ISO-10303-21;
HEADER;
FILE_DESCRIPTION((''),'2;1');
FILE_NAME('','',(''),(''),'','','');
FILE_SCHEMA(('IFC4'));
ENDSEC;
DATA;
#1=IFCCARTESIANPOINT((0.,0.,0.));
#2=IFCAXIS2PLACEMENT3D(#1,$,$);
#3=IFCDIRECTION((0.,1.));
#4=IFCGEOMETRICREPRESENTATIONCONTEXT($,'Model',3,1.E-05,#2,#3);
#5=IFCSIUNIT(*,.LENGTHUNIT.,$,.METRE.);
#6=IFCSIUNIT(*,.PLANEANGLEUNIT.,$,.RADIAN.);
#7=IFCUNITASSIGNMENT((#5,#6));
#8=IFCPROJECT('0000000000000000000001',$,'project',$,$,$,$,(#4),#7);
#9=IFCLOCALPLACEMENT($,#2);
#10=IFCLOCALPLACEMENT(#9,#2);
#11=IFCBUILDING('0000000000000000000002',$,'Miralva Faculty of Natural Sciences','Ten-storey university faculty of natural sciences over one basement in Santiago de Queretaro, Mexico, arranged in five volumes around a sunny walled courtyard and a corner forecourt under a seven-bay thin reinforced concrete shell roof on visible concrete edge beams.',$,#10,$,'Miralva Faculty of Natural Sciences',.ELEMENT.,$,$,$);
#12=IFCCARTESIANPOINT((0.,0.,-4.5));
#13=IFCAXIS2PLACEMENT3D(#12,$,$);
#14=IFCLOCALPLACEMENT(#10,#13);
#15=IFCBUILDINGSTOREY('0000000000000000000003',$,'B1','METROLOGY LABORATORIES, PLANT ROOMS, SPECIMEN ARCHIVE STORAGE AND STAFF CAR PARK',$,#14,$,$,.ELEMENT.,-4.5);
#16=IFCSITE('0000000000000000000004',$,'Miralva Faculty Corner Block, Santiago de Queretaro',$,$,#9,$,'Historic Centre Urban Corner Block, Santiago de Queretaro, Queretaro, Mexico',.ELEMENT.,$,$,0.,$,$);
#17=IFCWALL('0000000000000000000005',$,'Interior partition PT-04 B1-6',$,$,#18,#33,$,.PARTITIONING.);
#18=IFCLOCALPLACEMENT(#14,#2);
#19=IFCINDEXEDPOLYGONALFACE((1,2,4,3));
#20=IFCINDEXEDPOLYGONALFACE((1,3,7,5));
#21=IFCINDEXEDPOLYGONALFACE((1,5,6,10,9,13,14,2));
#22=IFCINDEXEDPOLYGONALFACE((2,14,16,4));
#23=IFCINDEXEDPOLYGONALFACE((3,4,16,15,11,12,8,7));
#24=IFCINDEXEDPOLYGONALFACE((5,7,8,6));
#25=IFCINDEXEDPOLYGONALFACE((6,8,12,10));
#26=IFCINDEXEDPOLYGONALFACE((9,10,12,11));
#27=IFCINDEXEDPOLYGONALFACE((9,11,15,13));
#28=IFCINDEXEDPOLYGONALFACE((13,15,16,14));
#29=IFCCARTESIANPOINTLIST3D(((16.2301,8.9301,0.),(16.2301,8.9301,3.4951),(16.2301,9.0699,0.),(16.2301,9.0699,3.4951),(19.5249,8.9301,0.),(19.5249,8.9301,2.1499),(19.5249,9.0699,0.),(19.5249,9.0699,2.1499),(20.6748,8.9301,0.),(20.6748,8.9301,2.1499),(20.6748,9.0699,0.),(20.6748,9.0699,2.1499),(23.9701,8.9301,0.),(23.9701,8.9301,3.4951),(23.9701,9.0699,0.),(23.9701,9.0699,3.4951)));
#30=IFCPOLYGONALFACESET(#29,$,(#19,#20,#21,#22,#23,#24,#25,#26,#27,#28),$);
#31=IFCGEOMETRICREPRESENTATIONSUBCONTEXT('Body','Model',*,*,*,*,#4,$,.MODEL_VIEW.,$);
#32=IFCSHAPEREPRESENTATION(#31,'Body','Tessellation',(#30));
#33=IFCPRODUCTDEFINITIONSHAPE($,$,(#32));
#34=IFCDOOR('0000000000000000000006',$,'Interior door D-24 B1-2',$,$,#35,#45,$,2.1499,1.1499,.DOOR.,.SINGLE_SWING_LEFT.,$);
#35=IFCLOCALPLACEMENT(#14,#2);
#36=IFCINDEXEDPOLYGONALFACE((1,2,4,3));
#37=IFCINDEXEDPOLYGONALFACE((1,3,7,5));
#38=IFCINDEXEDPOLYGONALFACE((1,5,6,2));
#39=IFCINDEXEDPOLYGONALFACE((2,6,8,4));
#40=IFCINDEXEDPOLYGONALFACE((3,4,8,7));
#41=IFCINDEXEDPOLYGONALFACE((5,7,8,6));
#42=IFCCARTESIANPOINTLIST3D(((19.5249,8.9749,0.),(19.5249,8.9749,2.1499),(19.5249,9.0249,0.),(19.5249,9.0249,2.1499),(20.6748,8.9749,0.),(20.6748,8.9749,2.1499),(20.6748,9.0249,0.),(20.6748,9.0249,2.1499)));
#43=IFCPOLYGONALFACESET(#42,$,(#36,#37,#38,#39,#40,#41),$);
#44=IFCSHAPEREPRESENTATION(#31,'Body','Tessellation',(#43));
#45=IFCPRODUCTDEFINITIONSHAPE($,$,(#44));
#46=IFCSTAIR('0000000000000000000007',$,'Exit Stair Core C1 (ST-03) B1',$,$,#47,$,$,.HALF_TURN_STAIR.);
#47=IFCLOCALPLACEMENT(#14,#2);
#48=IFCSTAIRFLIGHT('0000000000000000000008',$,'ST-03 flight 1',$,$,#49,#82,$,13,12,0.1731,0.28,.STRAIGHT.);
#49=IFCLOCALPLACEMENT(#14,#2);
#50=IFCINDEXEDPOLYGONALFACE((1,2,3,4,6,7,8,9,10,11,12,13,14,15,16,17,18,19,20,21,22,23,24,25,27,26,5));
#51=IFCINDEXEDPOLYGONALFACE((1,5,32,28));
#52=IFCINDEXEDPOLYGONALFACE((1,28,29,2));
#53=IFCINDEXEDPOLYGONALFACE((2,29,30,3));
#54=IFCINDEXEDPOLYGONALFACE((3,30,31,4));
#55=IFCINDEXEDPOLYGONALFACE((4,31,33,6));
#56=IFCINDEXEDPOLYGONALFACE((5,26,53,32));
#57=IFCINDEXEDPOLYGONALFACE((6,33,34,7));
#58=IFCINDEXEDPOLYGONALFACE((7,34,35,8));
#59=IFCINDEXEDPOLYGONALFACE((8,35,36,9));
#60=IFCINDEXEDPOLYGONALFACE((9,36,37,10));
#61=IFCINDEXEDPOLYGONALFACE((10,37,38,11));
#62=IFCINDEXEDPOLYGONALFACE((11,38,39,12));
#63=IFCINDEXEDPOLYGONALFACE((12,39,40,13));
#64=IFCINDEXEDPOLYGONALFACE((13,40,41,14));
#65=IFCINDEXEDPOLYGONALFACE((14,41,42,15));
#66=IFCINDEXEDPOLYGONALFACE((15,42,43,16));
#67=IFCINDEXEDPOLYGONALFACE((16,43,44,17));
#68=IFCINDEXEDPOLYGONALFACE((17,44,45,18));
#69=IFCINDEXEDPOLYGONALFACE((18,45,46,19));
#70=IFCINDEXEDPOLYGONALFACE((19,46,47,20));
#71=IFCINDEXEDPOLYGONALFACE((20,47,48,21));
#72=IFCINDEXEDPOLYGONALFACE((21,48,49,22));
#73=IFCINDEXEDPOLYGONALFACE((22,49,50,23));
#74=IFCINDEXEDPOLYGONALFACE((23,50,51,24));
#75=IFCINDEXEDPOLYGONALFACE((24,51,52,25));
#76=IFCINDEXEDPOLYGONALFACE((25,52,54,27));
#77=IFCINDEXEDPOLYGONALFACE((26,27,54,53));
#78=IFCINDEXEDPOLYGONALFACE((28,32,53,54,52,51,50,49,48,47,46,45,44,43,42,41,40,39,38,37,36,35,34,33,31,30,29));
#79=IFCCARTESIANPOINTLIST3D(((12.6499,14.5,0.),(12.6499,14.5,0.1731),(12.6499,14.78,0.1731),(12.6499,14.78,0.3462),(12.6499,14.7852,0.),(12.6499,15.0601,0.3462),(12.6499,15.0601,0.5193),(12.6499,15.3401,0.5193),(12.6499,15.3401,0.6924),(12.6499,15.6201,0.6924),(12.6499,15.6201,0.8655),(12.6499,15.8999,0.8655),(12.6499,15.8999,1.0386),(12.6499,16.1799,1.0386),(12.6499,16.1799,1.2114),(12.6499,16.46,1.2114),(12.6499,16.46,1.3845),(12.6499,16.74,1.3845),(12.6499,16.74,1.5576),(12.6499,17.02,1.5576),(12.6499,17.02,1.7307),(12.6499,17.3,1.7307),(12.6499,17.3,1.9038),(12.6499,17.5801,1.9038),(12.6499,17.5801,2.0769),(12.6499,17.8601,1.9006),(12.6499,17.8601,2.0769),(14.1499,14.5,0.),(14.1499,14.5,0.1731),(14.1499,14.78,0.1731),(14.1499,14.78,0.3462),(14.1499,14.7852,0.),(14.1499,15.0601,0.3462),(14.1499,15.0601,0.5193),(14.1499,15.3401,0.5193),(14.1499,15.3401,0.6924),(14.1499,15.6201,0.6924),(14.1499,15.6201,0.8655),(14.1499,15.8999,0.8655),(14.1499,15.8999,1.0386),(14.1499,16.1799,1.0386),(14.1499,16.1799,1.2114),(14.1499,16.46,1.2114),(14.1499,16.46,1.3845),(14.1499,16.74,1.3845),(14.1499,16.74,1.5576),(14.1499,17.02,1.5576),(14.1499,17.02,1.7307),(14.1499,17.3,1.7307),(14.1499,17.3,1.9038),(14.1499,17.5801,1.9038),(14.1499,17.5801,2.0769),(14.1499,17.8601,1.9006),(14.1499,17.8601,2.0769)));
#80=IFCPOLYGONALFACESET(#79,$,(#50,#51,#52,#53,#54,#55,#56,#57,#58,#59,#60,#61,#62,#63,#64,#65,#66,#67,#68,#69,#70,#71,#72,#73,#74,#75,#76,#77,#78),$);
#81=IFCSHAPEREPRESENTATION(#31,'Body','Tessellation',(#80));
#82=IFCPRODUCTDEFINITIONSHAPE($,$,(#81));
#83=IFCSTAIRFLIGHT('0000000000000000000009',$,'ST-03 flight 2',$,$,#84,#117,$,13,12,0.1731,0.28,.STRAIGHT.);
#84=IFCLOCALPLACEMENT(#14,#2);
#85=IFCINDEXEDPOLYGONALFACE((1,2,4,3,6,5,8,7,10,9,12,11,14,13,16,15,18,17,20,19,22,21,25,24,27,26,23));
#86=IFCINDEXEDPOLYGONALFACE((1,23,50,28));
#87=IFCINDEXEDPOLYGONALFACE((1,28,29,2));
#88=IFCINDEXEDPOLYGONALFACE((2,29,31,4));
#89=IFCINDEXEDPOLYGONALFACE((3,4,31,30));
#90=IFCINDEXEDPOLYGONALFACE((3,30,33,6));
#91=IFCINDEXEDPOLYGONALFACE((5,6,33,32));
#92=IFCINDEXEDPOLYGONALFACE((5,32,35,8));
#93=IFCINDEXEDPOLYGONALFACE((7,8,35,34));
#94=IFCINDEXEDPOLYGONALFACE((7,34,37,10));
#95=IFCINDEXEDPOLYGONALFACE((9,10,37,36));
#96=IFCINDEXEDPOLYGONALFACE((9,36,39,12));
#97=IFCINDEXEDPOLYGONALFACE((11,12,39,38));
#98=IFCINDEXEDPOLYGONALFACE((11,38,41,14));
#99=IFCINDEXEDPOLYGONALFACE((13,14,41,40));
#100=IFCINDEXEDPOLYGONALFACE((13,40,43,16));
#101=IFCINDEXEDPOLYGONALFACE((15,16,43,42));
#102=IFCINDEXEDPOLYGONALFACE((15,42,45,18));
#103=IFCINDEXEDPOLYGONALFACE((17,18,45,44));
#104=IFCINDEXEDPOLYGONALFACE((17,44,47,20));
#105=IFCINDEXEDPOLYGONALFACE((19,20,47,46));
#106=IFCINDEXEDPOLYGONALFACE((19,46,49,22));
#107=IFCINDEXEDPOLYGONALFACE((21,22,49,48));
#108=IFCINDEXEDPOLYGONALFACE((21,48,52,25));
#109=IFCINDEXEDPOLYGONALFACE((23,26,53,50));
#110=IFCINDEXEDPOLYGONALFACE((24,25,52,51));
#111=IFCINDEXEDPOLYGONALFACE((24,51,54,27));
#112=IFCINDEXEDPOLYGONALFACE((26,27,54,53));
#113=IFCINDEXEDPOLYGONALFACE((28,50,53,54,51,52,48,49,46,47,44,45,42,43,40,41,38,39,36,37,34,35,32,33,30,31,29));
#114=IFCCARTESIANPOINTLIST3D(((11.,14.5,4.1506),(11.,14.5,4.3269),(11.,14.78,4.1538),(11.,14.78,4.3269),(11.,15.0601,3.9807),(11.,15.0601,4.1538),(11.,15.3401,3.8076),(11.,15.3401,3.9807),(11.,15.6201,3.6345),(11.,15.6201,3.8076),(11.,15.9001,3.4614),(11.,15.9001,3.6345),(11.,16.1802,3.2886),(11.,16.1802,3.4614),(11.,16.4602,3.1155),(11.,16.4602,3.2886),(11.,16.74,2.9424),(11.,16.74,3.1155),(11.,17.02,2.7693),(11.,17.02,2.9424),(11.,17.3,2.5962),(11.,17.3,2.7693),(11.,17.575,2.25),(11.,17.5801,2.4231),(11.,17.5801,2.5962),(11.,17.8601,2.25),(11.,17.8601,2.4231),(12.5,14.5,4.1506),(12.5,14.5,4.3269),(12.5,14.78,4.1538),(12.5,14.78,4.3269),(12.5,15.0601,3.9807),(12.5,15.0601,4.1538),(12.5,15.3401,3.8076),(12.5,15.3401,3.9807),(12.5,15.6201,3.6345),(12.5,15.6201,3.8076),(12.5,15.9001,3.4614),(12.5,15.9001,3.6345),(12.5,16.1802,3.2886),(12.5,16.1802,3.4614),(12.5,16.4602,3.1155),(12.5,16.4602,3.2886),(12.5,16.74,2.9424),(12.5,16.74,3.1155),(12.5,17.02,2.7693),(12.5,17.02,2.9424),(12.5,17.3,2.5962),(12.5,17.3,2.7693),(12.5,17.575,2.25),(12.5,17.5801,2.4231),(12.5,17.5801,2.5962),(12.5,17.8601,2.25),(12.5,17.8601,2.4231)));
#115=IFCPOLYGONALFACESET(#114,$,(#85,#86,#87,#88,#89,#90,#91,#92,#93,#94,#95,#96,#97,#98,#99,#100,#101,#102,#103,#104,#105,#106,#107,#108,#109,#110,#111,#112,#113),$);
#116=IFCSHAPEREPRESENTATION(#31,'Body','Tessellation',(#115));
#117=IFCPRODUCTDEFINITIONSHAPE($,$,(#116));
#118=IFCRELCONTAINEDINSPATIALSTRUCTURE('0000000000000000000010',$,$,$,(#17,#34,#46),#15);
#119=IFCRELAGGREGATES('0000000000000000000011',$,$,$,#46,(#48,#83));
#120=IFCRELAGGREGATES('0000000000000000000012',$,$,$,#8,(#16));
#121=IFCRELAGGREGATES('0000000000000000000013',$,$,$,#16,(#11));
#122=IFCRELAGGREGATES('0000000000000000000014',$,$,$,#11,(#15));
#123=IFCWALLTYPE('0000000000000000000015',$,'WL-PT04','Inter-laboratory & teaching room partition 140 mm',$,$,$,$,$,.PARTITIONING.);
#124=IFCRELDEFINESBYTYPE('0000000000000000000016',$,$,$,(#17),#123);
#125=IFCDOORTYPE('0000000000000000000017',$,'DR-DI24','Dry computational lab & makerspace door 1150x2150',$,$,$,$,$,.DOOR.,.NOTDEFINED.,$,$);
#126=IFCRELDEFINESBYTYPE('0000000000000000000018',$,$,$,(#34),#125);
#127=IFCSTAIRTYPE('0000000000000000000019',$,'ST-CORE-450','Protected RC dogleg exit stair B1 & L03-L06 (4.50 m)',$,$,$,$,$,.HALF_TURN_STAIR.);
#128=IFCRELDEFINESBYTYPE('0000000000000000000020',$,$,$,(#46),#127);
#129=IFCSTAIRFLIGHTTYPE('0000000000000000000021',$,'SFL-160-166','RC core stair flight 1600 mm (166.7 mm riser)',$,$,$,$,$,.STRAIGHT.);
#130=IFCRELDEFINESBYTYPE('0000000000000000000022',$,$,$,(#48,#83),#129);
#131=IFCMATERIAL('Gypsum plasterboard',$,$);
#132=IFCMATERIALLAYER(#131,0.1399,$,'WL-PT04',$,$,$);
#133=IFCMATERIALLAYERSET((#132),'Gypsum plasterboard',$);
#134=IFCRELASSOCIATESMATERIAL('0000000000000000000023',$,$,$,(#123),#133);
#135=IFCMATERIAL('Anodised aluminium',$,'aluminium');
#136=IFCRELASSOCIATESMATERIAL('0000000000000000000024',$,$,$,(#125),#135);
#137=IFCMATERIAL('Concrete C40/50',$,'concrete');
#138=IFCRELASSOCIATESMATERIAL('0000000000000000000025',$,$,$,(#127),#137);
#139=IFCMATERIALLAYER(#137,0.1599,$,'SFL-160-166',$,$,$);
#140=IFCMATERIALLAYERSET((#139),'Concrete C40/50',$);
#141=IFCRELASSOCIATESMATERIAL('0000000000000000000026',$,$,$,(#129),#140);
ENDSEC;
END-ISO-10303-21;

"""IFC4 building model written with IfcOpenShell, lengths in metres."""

from ifc_helpers import new_model, si_unit, direction, frame, frame_2d, origin, place, context, subcontext, project, spatial, polyline, rectangle, outline, extrude, material, layer, layer_set, type_object, element, fill, aggregate, save


model = new_model("IFC4")

# Units and contexts
model_context = context("Model", 3, precision=1e-05, world=origin(), true_north=direction((0.0, 1.0)))
body_context = subcontext(model_context, "Body", "Model", "MODEL_VIEW")
ifc_project = project(units=[si_unit("LENGTHUNIT", "METRE"), si_unit("PLANEANGLEUNIT", "RADIAN")], contexts=[model_context])

# Site, building, storey
site_placement = place(None, origin())
site = spatial("IfcSite", under=ifc_project, at=site_placement, Name="Miralva Faculty Corner Block, Santiago de Queretaro", LongName="Historic Centre Urban Corner Block, Santiago de Queretaro, Queretaro, Mexico", CompositionType="ELEMENT", RefElevation=0.0)
building_placement = place(site_placement, origin())
building = spatial("IfcBuilding", under=site, at=building_placement, Name="Miralva Faculty of Natural Sciences", Description="Ten-storey university faculty of natural sciences over one basement in Santiago de Queretaro, Mexico, arranged in five volumes around a sunny walled courtyard and a corner forecourt under a seven-bay thin reinforced concrete shell roof on visible concrete edge beams.", LongName="Miralva Faculty of Natural Sciences", CompositionType="ELEMENT")
storey_placement = place(building_placement, frame((0.0, 0.0, -4.5)))
storey = spatial("IfcBuildingStorey", under=building, at=storey_placement, Name="B1", Description="METROLOGY LABORATORIES, PLANT ROOMS, SPECIMEN ARCHIVE STORAGE AND STAFF CAR PARK", CompositionType="ELEMENT", Elevation=-4.5)

# Shared definitions
ifc_material_1 = material(Name="Concrete C40/50", Category="concrete")

# Wall, opening, door
ifc_material_2 = material(Name="Gypsum plasterboard")
ifc_layer_1 = layer(ifc_material_2, 0.1399, Name="WL-PT04")
ifc_layer_set_1 = layer_set([ifc_layer_1], Name="Gypsum plasterboard")
wall_type_1 = type_object("IfcWallType", Name="WL-PT04", Description="Inter-laboratory & teaching room partition 140 mm", PredefinedType="PARTITIONING", material=ifc_layer_set_1)
wall_1_placement = place(storey_placement, frame((16.23, 9.0, 0.0), z_axis=(0.0, 0.0, 1.0), x_axis=(1.0, 0.0, 0.0)))
wall_1 = element("IfcWall", 1, at=wall_1_placement, inside=storey, type_object=wall_type_1, Name="Interior partition PT-04 B1-6", PredefinedType="PARTITIONING", context=body_context, shape_type="SweptSolid", body=[
    extrude(rectangle(XDim=7.74, YDim=0.1399, at=frame_2d((3.8701, 0.0))), origin(), (0.0, 0.0, 1.0), 3.4951),
])
opening_1_placement = place(wall_1_placement, frame((3.2949, 0.0, 0.0)))
opening_1 = element("IfcOpeningElement", 2, at=opening_1_placement, cuts=wall_1, PredefinedType="OPENING", context=body_context, shape_type="SweptSolid", body=[
    extrude(rectangle(XDim=1.1499, YDim=2.1499, at=frame_2d((0.575, 1.075))), frame((0.0, 0.0798, 0.0), z_axis=(0.0, -1.0, 0.0), x_axis=(1.0, 0.0, 0.0)), (0.0, 0.0, 1.0), 0.1599),
])
ifc_material_3 = material(Name="Anodised aluminium", Category="aluminium")
door_type_1 = type_object("IfcDoorType", Name="DR-DI24", Description="Dry computational lab & makerspace door 1150x2150", OperationType="NOTDEFINED", PredefinedType="DOOR", material=ifc_material_3)
door_1_placement = place(opening_1_placement, origin())
door_1 = element("IfcDoor", 3, at=door_1_placement, inside=storey, type_object=door_type_1, Name="Interior door D-24 B1-2", OperationType="SINGLE_SWING_LEFT", OverallHeight=2.1499, OverallWidth=1.1499, PredefinedType="DOOR", context=body_context, shape_type="SweptSolid", body=[
    extrude(rectangle(XDim=1.1499, YDim=2.1499, at=frame_2d((0.575, 1.075))), frame((0.0, 0.0249, 0.0), z_axis=(0.0, -1.0, 0.0), x_axis=(1.0, 0.0, 0.0)), (0.0, 0.0, 1.0), 0.05),
])
fill(opening_1, door_1)

# Stair, stair flights
stair_type = type_object("IfcStairType", Name="ST-CORE-450", Description="Protected RC dogleg exit stair B1 & L03-L06 (4.50 m)", PredefinedType="HALF_TURN_STAIR", material=ifc_material_1)
stair_placement = place(storey_placement, origin())
stair = element("IfcStair", 4, at=stair_placement, inside=storey, type_object=stair_type, Name="Exit Stair Core C1 (ST-03) B1", PredefinedType="HALF_TURN_STAIR")
ifc_layer_2 = layer(ifc_material_1, 0.1599, Name="SFL-160-166")
ifc_layer_set_2 = layer_set([ifc_layer_2], Name="Concrete C40/50")
stair_flight_type = type_object("IfcStairFlightType", Name="SFL-160-166", Description="RC core stair flight 1600 mm (166.7 mm riser)", PredefinedType="STRAIGHT", material=ifc_layer_set_2)
stair_flight_1_placement = place(storey_placement, frame((13.3999, 14.5, 0.0), z_axis=(0.0, 0.0, 1.0), x_axis=(0.0, 1.0, 0.0)))
stair_flight_1 = element("IfcStairFlight", 5, at=stair_flight_1_placement, type_object=stair_flight_type, Name="ST-03 flight 1", NumberOfRisers=13, NumberOfTreads=12, PredefinedType="STRAIGHT", RiserHeight=0.1731, TreadLength=0.28, context=body_context, shape_type="SweptSolid", body=[
    extrude(outline(polyline([(0.0, 0.0), (0.0, 0.1731), (0.28, 0.1731), (0.28, 0.3462), (0.5601, 0.3462), (0.5601, 0.5193), (0.8401, 0.5193), (0.8401, 0.6924), (1.1201, 0.6924), (1.1201, 0.8655), (1.3999, 0.8655), (1.3999, 1.0386), (1.6799, 1.0386), (1.6799, 1.2114), (1.96, 1.2114), (1.96, 1.3845), (2.24, 1.3845), (2.24, 1.5576), (2.52, 1.5576), (2.52, 1.7307), (2.8, 1.7307), (2.8, 1.9038), (3.0801, 1.9038), (3.0801, 2.0769), (3.3601, 2.0769), (3.3601, 2.25), (3.3601, 1.9006), (0.2852, 0.0), (0.0, 0.0)])), frame((0.0, 0.75, 0.0), z_axis=(0.0, -1.0, 0.0), x_axis=(1.0, 0.0, 0.0)), (0.0, 0.0, 1.0), 1.5),
])
stair_flight_2_placement = place(storey_placement, frame((11.75, 17.8601, 2.25), z_axis=(0.0, 0.0, 1.0), x_axis=(0.0, -1.0, 0.0)))
stair_flight_2 = element("IfcStairFlight", 6, at=stair_flight_2_placement, type_object=stair_flight_type, Name="ST-03 flight 2", NumberOfRisers=13, NumberOfTreads=12, PredefinedType="STRAIGHT", RiserHeight=0.1731, TreadLength=0.28, context=body_context, shape_type="SweptSolid", body=[
    extrude(outline(polyline([(0.0, 0.0), (0.0, 0.1731), (0.28, 0.1731), (0.28, 0.3462), (0.5601, 0.3462), (0.5601, 0.5193), (0.8401, 0.5193), (0.8401, 0.6924), (1.1201, 0.6924), (1.1201, 0.8655), (1.3999, 0.8655), (1.3999, 1.0386), (1.6799, 1.0386), (1.6799, 1.2114), (1.96, 1.2114), (1.96, 1.3845), (2.24, 1.3845), (2.24, 1.5576), (2.52, 1.5576), (2.52, 1.7307), (2.8, 1.7307), (2.8, 1.9038), (3.0801, 1.9038), (3.0801, 2.0769), (3.3601, 2.0769), (3.3601, 2.25), (3.3601, 1.9006), (0.2852, 0.0), (0.0, 0.0)])), frame((0.0, 0.75, 0.0), z_axis=(0.0, -1.0, 0.0), x_axis=(1.0, 0.0, 0.0)), (0.0, 0.0, 1.0), 1.5),
])
aggregate(stair, [stair_flight_1, stair_flight_2])

save(model, "model.ifc")
